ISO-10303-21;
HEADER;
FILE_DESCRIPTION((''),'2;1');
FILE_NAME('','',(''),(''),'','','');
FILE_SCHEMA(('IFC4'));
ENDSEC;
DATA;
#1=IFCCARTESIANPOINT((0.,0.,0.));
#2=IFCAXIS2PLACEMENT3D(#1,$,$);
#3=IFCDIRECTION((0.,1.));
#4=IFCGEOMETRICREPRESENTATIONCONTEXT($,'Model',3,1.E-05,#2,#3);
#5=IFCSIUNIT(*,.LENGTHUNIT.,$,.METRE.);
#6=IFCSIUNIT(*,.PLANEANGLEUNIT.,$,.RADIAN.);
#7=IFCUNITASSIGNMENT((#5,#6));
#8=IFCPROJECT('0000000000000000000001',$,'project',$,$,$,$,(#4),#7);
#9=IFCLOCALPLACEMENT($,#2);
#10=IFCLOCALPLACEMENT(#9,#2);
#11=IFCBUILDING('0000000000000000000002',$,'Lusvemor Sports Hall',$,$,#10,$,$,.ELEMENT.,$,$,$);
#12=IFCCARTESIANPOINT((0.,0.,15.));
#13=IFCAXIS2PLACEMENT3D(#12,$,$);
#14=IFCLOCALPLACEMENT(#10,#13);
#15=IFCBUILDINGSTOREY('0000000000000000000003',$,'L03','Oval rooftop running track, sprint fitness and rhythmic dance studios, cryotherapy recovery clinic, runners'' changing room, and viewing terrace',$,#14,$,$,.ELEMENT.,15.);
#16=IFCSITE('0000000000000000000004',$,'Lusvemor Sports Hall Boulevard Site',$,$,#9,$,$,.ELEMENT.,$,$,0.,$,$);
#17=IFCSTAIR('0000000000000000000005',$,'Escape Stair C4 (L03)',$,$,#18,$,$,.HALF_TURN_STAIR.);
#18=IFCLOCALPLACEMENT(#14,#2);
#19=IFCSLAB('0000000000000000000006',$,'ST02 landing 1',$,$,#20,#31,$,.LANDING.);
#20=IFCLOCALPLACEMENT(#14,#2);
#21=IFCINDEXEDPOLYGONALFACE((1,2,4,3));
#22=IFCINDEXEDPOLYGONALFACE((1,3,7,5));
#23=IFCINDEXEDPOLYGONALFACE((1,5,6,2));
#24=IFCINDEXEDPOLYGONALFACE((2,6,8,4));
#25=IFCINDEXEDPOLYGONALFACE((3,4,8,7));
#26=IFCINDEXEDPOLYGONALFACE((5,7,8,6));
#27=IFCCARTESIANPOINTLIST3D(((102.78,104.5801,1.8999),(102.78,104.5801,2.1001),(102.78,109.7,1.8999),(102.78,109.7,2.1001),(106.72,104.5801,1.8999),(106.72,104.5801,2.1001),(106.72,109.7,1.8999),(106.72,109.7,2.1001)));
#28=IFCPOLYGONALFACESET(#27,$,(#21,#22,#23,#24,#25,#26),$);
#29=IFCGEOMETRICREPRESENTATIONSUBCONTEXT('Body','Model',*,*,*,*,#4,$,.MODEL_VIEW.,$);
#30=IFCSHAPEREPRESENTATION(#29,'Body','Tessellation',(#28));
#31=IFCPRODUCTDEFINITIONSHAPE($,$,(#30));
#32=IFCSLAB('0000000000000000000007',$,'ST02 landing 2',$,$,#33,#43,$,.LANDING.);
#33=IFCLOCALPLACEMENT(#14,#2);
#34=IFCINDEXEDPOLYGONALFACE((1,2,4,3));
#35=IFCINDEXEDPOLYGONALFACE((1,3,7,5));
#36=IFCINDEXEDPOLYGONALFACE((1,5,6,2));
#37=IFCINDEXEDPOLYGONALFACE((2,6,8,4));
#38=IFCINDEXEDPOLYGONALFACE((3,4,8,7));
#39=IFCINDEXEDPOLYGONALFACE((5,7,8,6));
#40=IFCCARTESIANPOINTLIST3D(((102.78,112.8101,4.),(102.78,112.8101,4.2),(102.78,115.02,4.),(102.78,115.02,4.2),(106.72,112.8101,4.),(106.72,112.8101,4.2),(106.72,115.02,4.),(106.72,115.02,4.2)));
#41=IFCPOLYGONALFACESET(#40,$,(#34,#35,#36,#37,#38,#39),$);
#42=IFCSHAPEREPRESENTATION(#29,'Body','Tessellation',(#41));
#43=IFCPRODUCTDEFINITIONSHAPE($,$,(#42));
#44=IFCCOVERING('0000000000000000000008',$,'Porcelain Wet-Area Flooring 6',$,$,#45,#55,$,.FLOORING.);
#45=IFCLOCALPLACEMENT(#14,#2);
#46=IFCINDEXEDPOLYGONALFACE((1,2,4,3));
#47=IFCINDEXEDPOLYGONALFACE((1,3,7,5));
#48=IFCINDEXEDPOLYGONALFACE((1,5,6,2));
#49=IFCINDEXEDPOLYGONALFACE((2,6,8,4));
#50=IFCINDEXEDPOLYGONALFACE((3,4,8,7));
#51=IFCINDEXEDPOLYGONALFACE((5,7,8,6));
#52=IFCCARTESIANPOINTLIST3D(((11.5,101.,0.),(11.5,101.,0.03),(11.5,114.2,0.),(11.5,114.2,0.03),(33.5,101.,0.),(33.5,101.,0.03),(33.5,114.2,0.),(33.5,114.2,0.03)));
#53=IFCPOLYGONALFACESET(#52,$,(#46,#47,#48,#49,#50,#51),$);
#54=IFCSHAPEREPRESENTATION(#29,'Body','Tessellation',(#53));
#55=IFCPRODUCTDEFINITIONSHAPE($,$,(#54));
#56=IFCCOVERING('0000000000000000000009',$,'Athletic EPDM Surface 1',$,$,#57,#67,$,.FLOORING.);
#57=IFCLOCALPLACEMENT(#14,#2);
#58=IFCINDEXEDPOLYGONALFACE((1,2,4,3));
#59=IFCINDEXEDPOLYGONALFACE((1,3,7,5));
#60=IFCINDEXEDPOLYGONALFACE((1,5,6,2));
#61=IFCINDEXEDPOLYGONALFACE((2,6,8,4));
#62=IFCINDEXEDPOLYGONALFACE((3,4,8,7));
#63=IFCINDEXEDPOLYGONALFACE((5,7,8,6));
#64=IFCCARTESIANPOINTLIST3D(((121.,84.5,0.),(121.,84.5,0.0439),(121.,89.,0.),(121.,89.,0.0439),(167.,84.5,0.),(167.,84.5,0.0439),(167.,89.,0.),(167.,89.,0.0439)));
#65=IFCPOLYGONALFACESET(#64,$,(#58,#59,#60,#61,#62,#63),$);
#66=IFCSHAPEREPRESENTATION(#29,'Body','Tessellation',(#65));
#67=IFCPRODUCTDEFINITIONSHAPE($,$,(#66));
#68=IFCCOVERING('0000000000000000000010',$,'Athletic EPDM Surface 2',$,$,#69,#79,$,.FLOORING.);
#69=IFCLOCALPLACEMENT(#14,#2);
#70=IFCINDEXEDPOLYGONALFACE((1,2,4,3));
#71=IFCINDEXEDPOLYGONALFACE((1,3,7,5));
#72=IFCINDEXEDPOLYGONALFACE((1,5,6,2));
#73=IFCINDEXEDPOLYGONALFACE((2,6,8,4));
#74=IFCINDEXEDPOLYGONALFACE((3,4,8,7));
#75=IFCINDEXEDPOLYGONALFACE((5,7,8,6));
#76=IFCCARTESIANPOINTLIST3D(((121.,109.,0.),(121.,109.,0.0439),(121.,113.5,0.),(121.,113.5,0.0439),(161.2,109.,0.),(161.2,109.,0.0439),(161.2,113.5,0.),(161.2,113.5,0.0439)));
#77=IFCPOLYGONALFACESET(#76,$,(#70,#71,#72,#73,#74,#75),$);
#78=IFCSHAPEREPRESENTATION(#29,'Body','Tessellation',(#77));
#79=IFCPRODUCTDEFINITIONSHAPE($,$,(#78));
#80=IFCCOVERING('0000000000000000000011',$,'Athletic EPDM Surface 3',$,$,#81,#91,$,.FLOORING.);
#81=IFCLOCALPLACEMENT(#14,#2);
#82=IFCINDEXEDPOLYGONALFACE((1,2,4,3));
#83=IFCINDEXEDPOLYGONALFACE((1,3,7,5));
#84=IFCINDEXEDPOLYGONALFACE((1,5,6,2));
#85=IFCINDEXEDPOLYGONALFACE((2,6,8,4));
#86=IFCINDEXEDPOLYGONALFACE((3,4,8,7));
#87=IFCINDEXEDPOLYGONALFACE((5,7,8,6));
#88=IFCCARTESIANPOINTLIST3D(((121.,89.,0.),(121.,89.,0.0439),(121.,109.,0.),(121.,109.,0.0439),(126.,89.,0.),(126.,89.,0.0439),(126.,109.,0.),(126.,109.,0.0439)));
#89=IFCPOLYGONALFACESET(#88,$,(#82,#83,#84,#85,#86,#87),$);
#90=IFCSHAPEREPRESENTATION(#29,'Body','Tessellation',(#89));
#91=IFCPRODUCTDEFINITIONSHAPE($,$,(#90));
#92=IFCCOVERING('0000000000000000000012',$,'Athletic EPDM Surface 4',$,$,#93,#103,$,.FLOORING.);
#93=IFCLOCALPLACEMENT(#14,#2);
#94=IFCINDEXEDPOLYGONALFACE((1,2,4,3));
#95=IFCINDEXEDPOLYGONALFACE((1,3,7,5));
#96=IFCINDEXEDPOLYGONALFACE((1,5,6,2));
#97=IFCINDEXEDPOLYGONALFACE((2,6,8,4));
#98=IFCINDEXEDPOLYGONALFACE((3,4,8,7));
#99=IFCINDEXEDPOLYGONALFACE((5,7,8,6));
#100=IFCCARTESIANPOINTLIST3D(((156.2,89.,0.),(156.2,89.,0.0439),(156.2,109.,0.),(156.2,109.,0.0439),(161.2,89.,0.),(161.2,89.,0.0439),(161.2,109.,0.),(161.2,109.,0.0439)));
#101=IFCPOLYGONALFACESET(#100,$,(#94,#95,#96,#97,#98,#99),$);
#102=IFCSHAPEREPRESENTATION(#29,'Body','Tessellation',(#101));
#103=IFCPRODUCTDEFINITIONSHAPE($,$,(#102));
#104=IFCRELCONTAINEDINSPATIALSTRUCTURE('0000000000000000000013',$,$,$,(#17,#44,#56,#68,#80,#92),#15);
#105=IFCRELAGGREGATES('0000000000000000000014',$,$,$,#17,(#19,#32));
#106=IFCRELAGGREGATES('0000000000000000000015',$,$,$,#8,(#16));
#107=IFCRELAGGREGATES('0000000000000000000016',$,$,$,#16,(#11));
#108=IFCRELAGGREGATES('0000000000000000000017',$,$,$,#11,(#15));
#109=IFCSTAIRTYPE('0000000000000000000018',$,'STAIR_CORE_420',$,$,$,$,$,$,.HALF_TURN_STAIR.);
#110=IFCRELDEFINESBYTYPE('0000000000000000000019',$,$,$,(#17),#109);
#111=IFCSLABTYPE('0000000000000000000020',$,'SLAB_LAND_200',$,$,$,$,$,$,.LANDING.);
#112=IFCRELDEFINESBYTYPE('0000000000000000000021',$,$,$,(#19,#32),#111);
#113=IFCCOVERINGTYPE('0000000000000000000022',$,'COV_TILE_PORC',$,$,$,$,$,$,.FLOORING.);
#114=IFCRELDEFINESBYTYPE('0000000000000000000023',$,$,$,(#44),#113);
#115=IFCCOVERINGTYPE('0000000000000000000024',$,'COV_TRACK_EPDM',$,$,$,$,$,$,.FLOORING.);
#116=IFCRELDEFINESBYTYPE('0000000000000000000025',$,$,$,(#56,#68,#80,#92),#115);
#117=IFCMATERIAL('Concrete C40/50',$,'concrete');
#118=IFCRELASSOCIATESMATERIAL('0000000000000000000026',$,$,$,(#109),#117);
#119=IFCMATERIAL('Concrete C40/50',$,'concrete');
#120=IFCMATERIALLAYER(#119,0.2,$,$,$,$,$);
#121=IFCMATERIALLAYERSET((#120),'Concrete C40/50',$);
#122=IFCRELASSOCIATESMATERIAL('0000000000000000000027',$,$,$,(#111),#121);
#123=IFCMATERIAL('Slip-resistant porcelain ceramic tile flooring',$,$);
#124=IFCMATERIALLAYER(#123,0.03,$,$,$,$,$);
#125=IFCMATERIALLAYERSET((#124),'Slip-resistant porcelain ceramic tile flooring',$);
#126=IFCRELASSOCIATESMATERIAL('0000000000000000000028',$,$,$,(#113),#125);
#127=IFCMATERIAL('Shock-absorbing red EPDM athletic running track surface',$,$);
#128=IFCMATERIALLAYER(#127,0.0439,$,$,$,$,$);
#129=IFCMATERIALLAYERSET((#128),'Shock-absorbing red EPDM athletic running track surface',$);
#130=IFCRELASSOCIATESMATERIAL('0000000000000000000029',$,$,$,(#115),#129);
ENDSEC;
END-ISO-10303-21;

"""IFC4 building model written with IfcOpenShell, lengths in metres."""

from ifc_helpers import new_model, si_unit, direction, frame, origin, place, context, subcontext, project, spatial, polyline, outline, extrude, material, layer, layer_set, type_object, element, aggregate, save


model = new_model("IFC4")

# Units and contexts
model_context = context("Model", 3, precision=1e-05, world=origin(), true_north=direction((0.0, 1.0)))
body_context = subcontext(model_context, "Body", "Model", "MODEL_VIEW")
ifc_project = project(units=[si_unit("LENGTHUNIT", "METRE"), si_unit("PLANEANGLEUNIT", "RADIAN")], contexts=[model_context])

# Site, building, storey
site_placement = place(None, origin())
site = spatial("IfcSite", under=ifc_project, at=site_placement, Name="Lusvemor Sports Hall Boulevard Site", CompositionType="ELEMENT", RefElevation=0.0)
building_placement = place(site_placement, origin())
building = spatial("IfcBuilding", under=site, at=building_placement, Name="Lusvemor Sports Hall", CompositionType="ELEMENT")
storey_placement = place(building_placement, frame((0.0, 0.0, 15.0)))
storey = spatial("IfcBuildingStorey", under=building, at=storey_placement, Name="L03", Description="Oval rooftop running track, sprint fitness and rhythmic dance studios, cryotherapy recovery clinic, runners' changing room, and viewing terrace", CompositionType="ELEMENT", Elevation=15.0)

# Stair, slabs
ifc_material_1 = material(Name="Concrete C40/50", Category="concrete")
stair_type = type_object("IfcStairType", Name="STAIR_CORE_420", PredefinedType="HALF_TURN_STAIR", material=ifc_material_1)
ifc_material_2 = material(Name="Concrete C40/50", Category="concrete")
ifc_layer_1 = layer(ifc_material_2, 0.2)
ifc_layer_set_1 = layer_set([ifc_layer_1], Name="Concrete C40/50")
slab_type_1 = type_object("IfcSlabType", Name="SLAB_LAND_200", PredefinedType="LANDING", material=ifc_layer_set_1)
stair_1_placement = place(storey_placement, origin())
stair_1 = element("IfcStair", 1, at=stair_1_placement, inside=storey, type_object=stair_type, Name="Escape Stair C4 (L03)", PredefinedType="HALF_TURN_STAIR")
slab_1_placement = place(storey_placement, frame((0.0, 0.0, 1.8999)))
slab_1 = element("IfcSlab", 2, at=slab_1_placement, type_object=slab_type_1, Name="ST02 landing 1", PredefinedType="LANDING", context=body_context, shape_type="SweptSolid", body=[
    extrude(outline(polyline([(102.78, 104.5801), (106.72, 104.5801), (106.72, 109.7), (102.78, 109.7), (102.78, 104.5801)])), origin(), (0.0, 0.0, 1.0), 0.2002),
])
slab_2_placement = place(storey_placement, frame((0.0, 0.0, 4.0)))
slab_2 = element("IfcSlab", 3, at=slab_2_placement, type_object=slab_type_1, Name="ST02 landing 2", PredefinedType="LANDING", context=body_context, shape_type="SweptSolid", body=[
    extrude(outline(polyline([(102.78, 112.8101), (106.72, 112.8101), (106.72, 115.02), (102.78, 115.02), (102.78, 112.8101)])), origin(), (0.0, 0.0, 1.0), 0.2),
])
aggregate(stair_1, [slab_1, slab_2])

# Coverings
ifc_material_3 = material(Name="Slip-resistant porcelain ceramic tile flooring")
ifc_layer_2 = layer(ifc_material_3, 0.03)
ifc_layer_set_2 = layer_set([ifc_layer_2], Name="Slip-resistant porcelain ceramic tile flooring")
covering_type_1 = type_object("IfcCoveringType", Name="COV_TILE_PORC", PredefinedType="FLOORING", material=ifc_layer_set_2)
covering_1_placement = place(storey_placement, origin())
element("IfcCovering", 4, at=covering_1_placement, inside=storey, type_object=covering_type_1, Name="Porcelain Wet-Area Flooring 6", PredefinedType="FLOORING", context=body_context, shape_type="SweptSolid", body=[
    extrude(outline(polyline([(11.5, 101.0), (33.5, 101.0), (33.5, 114.2), (11.5, 114.2), (11.5, 101.0)])), origin(), (0.0, 0.0, 1.0), 0.03),
])
ifc_material_4 = material(Name="Shock-absorbing red EPDM athletic running track surface")
ifc_layer_3 = layer(ifc_material_4, 0.0439)
ifc_layer_set_3 = layer_set([ifc_layer_3], Name="Shock-absorbing red EPDM athletic running track surface")
covering_type_2 = type_object("IfcCoveringType", Name="COV_TRACK_EPDM", PredefinedType="FLOORING", material=ifc_layer_set_3)
covering_2_placement = place(storey_placement, origin())
element("IfcCovering", 5, at=covering_2_placement, inside=storey, type_object=covering_type_2, Name="Athletic EPDM Surface 1", PredefinedType="FLOORING", context=body_context, shape_type="SweptSolid", body=[
    extrude(outline(polyline([(121.0, 84.5), (167.0, 84.5), (167.0, 89.0), (121.0, 89.0), (121.0, 84.5)])), origin(), (0.0, 0.0, 1.0), 0.0439),
])
covering_3_placement = place(storey_placement, origin())
element("IfcCovering", 6, at=covering_3_placement, inside=storey, type_object=covering_type_2, Name="Athletic EPDM Surface 2", PredefinedType="FLOORING", context=body_context, shape_type="SweptSolid", body=[
    extrude(outline(polyline([(121.0, 109.0), (161.2, 109.0), (161.2, 113.5), (121.0, 113.5), (121.0, 109.0)])), origin(), (0.0, 0.0, 1.0), 0.0439),
])
covering_4_placement = place(storey_placement, origin())
element("IfcCovering", 7, at=covering_4_placement, inside=storey, type_object=covering_type_2, Name="Athletic EPDM Surface 3", PredefinedType="FLOORING", context=body_context, shape_type="SweptSolid", body=[
    extrude(outline(polyline([(121.0, 89.0), (126.0, 89.0), (126.0, 109.0), (121.0, 109.0), (121.0, 89.0)])), origin(), (0.0, 0.0, 1.0), 0.0439),
])
covering_5_placement = place(storey_placement, origin())
element("IfcCovering", 8, at=covering_5_placement, inside=storey, type_object=covering_type_2, Name="Athletic EPDM Surface 4", PredefinedType="FLOORING", context=body_context, shape_type="SweptSolid", body=[
    extrude(outline(polyline([(156.2, 89.0), (161.2, 89.0), (161.2, 109.0), (156.2, 109.0), (156.2, 89.0)])), origin(), (0.0, 0.0, 1.0), 0.0439),
])

save(model, "model.ifc")
